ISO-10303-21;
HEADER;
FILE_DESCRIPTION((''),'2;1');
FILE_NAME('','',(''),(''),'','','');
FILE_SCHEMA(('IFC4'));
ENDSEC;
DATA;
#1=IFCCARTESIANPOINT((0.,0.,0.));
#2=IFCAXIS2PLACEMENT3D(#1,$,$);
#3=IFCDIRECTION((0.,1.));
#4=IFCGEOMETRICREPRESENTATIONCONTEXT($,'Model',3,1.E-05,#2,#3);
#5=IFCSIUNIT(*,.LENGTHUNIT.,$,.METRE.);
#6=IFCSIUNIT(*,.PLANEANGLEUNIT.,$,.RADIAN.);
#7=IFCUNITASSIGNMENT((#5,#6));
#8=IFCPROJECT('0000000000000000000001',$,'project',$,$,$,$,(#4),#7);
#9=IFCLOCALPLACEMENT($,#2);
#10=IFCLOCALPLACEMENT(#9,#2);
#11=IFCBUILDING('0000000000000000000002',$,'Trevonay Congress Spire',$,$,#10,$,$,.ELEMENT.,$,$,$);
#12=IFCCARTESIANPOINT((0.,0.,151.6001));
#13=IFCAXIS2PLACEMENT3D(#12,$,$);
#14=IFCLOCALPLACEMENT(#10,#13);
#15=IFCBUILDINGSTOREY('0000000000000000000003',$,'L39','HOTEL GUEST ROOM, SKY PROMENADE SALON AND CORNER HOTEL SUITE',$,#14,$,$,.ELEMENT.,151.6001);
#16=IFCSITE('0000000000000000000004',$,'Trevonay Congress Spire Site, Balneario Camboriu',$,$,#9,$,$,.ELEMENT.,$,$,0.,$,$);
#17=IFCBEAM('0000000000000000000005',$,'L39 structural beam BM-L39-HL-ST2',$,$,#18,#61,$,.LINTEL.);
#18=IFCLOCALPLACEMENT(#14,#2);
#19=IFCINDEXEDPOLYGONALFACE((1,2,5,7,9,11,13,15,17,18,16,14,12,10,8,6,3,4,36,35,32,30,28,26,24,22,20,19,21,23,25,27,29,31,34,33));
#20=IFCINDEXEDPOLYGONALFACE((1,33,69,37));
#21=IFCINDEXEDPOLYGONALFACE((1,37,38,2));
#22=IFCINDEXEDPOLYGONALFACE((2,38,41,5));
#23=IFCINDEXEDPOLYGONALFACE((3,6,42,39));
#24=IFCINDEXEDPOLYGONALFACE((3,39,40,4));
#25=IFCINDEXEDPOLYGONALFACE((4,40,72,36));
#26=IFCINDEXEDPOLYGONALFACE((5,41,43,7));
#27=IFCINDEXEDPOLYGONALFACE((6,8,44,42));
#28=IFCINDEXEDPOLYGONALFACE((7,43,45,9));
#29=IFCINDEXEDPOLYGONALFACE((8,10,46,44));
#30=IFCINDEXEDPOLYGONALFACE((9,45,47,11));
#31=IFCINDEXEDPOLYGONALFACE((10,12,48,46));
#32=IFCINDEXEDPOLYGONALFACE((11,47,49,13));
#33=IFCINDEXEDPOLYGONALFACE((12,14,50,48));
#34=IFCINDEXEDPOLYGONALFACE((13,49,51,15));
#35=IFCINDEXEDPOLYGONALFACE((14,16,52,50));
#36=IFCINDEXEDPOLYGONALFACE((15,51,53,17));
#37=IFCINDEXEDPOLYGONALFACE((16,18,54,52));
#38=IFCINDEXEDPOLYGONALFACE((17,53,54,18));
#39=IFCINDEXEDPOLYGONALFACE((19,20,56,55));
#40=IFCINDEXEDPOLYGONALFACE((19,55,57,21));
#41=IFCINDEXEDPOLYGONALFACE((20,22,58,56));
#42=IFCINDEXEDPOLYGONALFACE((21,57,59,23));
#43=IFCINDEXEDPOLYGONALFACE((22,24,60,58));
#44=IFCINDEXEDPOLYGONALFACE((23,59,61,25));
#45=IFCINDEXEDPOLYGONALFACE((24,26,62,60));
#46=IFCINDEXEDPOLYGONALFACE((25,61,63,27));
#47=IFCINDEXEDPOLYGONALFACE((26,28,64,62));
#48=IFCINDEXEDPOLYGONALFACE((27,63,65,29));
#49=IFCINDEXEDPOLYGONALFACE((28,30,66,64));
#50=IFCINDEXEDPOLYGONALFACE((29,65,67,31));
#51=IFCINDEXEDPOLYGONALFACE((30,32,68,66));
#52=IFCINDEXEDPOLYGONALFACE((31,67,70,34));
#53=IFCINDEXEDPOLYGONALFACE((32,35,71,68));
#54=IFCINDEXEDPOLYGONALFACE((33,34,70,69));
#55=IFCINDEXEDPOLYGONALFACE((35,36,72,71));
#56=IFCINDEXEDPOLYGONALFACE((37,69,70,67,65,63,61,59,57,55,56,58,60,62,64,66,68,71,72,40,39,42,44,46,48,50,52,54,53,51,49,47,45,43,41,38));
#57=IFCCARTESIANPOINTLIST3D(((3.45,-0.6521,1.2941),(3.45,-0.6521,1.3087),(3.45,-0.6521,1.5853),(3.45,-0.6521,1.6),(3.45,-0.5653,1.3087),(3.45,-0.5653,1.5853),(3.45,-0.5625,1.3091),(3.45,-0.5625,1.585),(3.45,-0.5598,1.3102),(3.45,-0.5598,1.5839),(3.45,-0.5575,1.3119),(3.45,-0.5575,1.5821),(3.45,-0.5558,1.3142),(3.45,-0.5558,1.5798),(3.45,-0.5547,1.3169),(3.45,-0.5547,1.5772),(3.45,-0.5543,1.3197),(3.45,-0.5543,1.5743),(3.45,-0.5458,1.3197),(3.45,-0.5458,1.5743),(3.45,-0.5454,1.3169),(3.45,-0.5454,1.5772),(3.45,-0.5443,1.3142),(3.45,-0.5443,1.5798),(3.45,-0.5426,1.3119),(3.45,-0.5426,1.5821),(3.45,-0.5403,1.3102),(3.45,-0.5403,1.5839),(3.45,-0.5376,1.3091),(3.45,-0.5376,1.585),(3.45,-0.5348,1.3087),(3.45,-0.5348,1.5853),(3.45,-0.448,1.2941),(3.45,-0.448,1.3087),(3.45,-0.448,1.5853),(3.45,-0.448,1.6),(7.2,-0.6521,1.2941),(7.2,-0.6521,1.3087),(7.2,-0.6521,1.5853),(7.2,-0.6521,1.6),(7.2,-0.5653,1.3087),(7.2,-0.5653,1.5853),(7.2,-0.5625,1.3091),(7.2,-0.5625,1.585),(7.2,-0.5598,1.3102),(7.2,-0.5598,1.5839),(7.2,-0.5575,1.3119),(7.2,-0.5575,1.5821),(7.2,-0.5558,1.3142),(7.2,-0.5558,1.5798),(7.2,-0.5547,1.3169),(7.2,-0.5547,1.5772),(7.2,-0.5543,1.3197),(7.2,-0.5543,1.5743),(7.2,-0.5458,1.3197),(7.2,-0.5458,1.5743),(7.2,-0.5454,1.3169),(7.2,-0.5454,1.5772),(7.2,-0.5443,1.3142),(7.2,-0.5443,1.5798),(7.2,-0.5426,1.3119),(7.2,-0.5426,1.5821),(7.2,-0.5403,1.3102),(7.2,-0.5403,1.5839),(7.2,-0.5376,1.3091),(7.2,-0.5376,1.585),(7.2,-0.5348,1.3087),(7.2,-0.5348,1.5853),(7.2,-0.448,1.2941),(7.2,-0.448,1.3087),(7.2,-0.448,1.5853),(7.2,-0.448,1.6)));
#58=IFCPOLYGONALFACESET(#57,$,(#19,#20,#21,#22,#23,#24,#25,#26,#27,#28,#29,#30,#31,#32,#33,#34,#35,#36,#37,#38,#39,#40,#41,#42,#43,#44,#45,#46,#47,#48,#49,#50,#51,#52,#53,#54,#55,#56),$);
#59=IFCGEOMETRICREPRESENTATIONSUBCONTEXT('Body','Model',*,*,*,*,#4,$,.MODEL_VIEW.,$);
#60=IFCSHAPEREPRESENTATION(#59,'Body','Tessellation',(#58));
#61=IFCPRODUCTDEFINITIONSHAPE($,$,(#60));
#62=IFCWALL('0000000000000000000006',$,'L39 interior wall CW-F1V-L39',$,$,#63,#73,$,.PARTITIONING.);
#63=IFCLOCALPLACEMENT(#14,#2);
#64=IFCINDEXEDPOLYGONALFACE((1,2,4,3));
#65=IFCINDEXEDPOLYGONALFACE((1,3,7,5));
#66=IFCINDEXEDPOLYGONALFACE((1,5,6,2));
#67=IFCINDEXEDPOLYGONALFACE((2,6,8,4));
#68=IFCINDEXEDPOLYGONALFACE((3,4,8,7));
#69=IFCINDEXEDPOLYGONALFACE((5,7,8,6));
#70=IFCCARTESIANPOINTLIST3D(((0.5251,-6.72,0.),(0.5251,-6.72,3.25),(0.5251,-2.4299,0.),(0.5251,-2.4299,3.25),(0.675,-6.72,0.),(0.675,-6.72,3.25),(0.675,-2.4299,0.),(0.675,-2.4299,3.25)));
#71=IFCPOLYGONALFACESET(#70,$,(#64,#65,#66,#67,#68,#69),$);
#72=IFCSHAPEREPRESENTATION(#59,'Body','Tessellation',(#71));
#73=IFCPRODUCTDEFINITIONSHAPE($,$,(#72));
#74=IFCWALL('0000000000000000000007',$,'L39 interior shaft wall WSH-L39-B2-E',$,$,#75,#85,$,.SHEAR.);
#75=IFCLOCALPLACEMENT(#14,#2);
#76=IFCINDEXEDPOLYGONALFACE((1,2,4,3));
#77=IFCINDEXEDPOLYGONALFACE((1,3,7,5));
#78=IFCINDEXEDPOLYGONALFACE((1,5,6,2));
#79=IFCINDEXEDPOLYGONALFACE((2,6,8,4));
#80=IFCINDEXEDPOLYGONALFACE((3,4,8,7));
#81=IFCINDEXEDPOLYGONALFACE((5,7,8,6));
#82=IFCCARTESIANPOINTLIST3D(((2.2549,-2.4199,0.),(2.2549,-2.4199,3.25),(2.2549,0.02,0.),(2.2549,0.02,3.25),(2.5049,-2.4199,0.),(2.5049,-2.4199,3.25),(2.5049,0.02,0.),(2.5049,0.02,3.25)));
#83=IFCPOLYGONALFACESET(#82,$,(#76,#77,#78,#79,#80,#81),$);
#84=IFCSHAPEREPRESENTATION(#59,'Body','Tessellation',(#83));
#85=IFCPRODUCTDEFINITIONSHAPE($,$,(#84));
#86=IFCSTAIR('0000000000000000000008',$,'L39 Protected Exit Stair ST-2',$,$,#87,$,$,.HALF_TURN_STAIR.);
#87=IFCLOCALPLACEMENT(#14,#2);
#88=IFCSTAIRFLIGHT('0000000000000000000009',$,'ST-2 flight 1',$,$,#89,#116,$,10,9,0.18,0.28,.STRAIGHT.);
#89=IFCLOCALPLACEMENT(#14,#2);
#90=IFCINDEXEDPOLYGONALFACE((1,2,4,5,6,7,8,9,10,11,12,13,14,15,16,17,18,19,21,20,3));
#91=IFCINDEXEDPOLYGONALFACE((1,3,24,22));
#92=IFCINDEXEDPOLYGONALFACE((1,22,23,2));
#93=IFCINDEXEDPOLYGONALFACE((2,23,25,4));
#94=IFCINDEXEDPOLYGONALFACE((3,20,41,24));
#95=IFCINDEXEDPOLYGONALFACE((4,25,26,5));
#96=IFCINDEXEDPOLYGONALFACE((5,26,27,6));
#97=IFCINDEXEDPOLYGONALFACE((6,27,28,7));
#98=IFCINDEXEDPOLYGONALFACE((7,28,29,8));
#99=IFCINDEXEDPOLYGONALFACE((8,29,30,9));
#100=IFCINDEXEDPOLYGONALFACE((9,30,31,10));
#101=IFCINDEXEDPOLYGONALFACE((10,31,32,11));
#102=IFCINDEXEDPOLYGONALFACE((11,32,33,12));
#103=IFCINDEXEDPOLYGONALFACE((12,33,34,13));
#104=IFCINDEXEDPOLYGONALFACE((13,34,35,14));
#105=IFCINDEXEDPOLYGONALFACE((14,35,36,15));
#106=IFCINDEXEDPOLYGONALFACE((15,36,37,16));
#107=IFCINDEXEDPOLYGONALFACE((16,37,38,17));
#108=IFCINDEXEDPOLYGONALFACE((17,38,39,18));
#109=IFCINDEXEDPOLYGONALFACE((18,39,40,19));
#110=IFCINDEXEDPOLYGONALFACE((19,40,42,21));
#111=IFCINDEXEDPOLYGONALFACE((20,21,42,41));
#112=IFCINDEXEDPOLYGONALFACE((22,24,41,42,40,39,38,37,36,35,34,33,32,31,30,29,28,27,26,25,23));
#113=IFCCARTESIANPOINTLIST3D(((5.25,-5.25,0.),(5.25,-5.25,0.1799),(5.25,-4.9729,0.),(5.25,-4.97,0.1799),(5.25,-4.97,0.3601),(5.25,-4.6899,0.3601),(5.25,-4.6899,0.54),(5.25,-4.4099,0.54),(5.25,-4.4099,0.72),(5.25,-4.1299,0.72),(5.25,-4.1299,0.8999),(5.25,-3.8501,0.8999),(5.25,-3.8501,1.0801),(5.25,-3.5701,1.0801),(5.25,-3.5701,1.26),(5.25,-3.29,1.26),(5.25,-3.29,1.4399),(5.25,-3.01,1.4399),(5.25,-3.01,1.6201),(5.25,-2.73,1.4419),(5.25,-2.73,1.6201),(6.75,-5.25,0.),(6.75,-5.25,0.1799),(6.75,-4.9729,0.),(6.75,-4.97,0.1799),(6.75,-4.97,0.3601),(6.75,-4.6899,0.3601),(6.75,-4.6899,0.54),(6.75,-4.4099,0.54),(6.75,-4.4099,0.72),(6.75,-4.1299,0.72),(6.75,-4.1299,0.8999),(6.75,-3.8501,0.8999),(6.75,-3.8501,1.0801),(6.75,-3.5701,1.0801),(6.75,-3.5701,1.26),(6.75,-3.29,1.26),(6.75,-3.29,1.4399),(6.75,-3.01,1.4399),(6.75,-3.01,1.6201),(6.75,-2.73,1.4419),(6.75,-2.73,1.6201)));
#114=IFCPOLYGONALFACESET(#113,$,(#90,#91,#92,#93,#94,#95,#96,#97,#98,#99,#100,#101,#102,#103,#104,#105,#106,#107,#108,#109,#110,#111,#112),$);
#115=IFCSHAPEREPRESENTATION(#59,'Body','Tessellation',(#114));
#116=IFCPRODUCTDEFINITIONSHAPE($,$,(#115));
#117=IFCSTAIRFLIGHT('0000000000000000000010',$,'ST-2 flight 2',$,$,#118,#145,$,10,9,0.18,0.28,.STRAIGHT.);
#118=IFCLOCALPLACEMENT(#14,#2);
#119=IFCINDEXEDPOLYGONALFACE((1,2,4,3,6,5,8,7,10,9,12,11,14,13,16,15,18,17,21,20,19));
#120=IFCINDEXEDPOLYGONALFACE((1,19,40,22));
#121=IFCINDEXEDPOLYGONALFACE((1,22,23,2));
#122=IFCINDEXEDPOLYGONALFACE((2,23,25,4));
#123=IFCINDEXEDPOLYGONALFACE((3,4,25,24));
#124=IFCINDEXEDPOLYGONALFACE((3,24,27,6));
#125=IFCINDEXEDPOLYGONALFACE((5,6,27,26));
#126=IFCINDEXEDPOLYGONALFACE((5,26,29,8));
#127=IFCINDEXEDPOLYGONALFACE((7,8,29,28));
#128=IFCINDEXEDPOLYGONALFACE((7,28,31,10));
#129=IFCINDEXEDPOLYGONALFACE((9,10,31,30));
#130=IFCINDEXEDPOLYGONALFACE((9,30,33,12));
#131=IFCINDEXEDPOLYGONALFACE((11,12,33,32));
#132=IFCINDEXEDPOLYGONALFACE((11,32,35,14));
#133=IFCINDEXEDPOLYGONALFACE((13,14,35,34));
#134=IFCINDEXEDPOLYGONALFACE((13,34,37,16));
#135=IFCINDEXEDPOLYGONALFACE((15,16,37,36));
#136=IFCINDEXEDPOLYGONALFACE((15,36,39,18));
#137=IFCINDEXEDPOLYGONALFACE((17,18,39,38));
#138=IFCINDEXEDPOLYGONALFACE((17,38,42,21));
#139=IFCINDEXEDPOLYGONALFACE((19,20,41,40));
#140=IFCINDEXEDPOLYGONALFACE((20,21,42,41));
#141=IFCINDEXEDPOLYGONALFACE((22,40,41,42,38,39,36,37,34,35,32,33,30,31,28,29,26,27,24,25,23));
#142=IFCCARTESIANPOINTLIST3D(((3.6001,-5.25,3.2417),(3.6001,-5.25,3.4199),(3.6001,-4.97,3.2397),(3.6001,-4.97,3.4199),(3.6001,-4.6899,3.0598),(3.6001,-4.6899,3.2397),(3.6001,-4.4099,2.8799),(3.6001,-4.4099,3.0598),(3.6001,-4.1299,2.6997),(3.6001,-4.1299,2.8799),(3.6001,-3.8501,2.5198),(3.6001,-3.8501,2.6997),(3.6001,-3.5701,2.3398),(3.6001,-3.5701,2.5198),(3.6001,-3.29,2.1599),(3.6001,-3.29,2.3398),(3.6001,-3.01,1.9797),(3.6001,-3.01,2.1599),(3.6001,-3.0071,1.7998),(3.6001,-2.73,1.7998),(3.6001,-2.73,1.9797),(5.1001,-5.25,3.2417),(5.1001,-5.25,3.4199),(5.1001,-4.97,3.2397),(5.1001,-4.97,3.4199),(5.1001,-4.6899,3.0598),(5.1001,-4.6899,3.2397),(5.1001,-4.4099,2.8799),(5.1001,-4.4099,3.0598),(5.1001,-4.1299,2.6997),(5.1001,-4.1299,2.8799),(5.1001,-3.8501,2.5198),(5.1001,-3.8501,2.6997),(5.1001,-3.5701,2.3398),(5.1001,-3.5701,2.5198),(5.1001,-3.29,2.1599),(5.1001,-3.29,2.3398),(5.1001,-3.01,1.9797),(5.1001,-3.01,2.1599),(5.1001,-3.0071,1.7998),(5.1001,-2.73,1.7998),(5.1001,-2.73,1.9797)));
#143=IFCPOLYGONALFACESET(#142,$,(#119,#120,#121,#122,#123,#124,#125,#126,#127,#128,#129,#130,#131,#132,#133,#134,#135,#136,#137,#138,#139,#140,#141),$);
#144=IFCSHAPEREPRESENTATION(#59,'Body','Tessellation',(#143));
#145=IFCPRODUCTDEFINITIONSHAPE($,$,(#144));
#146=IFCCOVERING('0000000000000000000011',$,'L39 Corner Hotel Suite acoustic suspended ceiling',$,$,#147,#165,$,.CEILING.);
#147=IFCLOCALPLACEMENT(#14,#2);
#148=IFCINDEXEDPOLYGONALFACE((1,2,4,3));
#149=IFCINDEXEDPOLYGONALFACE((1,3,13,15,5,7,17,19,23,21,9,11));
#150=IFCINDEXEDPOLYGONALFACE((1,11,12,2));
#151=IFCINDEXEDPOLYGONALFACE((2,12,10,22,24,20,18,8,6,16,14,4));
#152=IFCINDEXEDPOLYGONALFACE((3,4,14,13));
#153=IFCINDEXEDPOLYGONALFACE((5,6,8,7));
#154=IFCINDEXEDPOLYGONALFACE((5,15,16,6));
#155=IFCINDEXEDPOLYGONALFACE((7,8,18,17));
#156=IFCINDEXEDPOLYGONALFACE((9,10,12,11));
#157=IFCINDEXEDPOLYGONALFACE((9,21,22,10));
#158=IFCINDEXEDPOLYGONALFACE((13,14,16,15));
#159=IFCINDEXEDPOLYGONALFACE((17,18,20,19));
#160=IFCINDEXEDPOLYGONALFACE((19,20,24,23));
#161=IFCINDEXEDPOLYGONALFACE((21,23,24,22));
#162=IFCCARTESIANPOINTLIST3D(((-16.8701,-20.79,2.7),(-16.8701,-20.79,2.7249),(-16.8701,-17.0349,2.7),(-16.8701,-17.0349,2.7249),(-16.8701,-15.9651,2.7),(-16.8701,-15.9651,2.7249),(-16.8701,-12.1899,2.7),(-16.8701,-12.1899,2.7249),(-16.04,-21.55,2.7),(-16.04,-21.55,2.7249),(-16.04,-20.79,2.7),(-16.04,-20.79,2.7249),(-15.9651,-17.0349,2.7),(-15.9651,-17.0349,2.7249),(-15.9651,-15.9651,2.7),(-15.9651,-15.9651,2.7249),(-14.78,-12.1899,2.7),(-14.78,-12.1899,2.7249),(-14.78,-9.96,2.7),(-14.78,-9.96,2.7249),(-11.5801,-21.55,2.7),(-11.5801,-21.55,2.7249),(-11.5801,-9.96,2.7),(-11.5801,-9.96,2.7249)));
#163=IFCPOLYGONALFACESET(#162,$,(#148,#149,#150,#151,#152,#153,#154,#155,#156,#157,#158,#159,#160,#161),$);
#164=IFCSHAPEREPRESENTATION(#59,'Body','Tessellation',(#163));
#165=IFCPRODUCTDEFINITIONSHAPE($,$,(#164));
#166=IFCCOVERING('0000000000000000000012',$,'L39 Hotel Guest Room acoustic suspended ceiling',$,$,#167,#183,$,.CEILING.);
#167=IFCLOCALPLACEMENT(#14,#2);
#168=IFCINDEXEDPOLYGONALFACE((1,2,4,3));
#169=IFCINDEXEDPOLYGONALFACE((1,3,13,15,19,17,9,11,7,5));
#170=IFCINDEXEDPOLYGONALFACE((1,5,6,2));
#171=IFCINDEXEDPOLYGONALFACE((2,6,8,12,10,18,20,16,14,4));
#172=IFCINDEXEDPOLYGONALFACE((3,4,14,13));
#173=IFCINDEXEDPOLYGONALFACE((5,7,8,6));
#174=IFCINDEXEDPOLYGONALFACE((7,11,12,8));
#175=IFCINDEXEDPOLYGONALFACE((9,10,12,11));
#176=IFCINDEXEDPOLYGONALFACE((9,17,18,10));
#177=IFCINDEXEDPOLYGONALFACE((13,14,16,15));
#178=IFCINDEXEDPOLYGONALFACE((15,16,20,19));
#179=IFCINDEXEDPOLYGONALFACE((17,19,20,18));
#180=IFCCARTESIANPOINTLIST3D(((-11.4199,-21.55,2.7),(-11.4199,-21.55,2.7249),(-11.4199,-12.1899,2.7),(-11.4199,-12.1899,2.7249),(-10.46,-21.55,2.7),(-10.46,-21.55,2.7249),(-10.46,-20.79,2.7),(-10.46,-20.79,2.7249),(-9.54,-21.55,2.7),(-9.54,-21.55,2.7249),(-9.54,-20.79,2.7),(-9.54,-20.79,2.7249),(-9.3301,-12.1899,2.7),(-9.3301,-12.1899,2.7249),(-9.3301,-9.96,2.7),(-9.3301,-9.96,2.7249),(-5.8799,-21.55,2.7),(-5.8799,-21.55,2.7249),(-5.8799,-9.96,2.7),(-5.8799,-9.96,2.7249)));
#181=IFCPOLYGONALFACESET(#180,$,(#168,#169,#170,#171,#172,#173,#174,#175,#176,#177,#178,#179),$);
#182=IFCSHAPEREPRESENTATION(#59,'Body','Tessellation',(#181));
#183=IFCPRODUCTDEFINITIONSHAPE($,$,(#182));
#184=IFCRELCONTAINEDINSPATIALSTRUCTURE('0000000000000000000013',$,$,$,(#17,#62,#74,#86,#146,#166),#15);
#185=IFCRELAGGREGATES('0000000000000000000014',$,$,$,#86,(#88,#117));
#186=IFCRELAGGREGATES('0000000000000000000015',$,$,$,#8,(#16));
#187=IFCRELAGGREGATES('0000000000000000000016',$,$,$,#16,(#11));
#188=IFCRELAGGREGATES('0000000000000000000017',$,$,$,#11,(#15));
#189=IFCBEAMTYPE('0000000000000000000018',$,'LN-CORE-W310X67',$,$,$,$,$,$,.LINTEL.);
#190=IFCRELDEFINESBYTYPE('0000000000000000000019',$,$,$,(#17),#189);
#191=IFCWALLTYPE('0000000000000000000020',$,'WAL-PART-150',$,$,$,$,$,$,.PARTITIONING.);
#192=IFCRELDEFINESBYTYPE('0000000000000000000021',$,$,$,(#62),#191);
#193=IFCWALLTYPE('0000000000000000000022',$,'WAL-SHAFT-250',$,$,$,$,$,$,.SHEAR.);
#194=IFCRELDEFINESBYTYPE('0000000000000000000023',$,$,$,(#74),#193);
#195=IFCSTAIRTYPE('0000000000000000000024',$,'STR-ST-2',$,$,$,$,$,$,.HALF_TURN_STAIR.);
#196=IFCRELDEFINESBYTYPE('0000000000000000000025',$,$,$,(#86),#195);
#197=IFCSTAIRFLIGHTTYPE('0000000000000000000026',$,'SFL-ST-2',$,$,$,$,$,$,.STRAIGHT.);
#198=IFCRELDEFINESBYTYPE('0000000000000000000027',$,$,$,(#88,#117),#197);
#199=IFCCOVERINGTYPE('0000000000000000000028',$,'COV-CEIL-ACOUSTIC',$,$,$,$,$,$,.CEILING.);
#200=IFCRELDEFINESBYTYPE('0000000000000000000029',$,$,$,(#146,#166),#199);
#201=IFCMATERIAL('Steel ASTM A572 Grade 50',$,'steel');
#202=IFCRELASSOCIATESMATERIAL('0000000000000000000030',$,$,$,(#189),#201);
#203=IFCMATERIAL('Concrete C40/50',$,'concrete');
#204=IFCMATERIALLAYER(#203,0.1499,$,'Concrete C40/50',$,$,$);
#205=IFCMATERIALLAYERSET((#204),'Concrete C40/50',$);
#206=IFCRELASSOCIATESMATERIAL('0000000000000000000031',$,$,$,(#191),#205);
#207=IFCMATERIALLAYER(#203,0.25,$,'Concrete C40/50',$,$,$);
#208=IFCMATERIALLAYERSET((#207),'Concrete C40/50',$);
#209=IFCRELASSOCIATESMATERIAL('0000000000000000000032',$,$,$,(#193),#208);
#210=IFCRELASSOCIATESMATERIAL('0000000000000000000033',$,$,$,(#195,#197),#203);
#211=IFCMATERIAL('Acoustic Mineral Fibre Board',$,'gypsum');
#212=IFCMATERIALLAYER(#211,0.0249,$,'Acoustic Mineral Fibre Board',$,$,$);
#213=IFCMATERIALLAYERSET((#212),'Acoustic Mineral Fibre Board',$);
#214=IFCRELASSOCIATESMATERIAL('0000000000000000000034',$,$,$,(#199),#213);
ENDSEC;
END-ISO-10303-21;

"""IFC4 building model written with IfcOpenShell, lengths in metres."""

from ifc_helpers import new_model, si_unit, direction, frame, frame_2d, origin, origin_2d, place, context, subcontext, project, spatial, polyline, rectangle, i_section, outline, extrude, material, layer, layer_set, material_profile, profile_set, type_object, element, aggregate, save


model = new_model("IFC4")

# Units and contexts
model_context = context("Model", 3, precision=1e-05, world=origin(), true_north=direction((0.0, 1.0)))
body_context = subcontext(model_context, "Body", "Model", "MODEL_VIEW")
ifc_project = project(units=[si_unit("LENGTHUNIT", "METRE"), si_unit("PLANEANGLEUNIT", "RADIAN")], contexts=[model_context])

# Site, building, storey
site_placement = place(None, origin())
site = spatial("IfcSite", under=ifc_project, at=site_placement, Name="Trevonay Congress Spire Site, Balneario Camboriu", CompositionType="ELEMENT", RefElevation=0.0)
building_placement = place(site_placement, origin())
building = spatial("IfcBuilding", under=site, at=building_placement, Name="Trevonay Congress Spire", CompositionType="ELEMENT")
storey_placement = place(building_placement, frame((0.0, 0.0, 151.6001)))
storey = spatial("IfcBuildingStorey", under=building, at=storey_placement, Name="L39", Description="HOTEL GUEST ROOM, SKY PROMENADE SALON AND CORNER HOTEL SUITE", CompositionType="ELEMENT", Elevation=151.6001)

# Beam
ifc_material_1 = material(Name="Steel ASTM A572 Grade 50", Category="steel")
ifc_material_profile = material_profile(ifc_material_1, i_section(OverallWidth=0.2041, OverallDepth=0.3059, WebThickness=0.0085, FlangeThickness=0.0146, FilletRadius=0.011, at=origin_2d()), Name="W310x67")
ifc_profile_set = profile_set([ifc_material_profile], Name="Steel ASTM A572 Grade 50")
beam_type = type_object("IfcBeamType", Name="LN-CORE-W310X67", PredefinedType="LINTEL", material=ifc_profile_set)
beam_placement = place(storey_placement, frame((3.45, -0.55, 1.447), z_axis=(1.0, 0.0, 0.0), x_axis=(0.0, 1.0, 0.0)))
element("IfcBeam", 1, at=beam_placement, inside=storey, type_object=beam_type, Name="L39 structural beam BM-L39-HL-ST2", PredefinedType="LINTEL", context=body_context, shape_type="SweptSolid", body=[
    extrude(i_section(OverallWidth=0.2041, OverallDepth=0.3059, WebThickness=0.0085, FlangeThickness=0.0146, FilletRadius=0.011, at=origin_2d()), origin(), (0.0, 0.0, 1.0), 3.75),
])

# Walls
ifc_material_2 = material(Name="Concrete C40/50", Category="concrete")
ifc_layer_1 = layer(ifc_material_2, 0.1499, Name="Concrete C40/50")
ifc_layer_set_1 = layer_set([ifc_layer_1], Name="Concrete C40/50")
wall_type_1 = type_object("IfcWallType", Name="WAL-PART-150", PredefinedType="PARTITIONING", material=ifc_layer_set_1)
wall_1_placement = place(storey_placement, frame((0.6001, -6.72, 0.0), z_axis=(0.0, 0.0, 1.0), x_axis=(0.0, 1.0, 0.0)))
element("IfcWall", 2, at=wall_1_placement, inside=storey, type_object=wall_type_1, Name="L39 interior wall CW-F1V-L39", PredefinedType="PARTITIONING", context=body_context, shape_type="SweptSolid", body=[
    extrude(rectangle(XDim=4.29, YDim=0.1499, at=frame_2d((2.145, 0.0))), origin(), (0.0, 0.0, 1.0), 3.25),
])
ifc_layer_2 = layer(ifc_material_2, 0.25, Name="Concrete C40/50")
ifc_layer_set_2 = layer_set([ifc_layer_2], Name="Concrete C40/50")
wall_type_2 = type_object("IfcWallType", Name="WAL-SHAFT-250", PredefinedType="SHEAR", material=ifc_layer_set_2)
wall_2_placement = place(storey_placement, frame((2.3799, -2.4199, 0.0), z_axis=(0.0, 0.0, 1.0), x_axis=(0.0, 1.0, 0.0)))
element("IfcWall", 3, at=wall_2_placement, inside=storey, type_object=wall_type_2, Name="L39 interior shaft wall WSH-L39-B2-E", PredefinedType="SHEAR", context=body_context, shape_type="SweptSolid", body=[
    extrude(rectangle(XDim=2.4399, YDim=0.25, at=frame_2d((1.22, 0.0))), origin(), (0.0, 0.0, 1.0), 3.25),
])

# Stair, stair flights
stair_type = type_object("IfcStairType", Name="STR-ST-2", PredefinedType="HALF_TURN_STAIR", material=ifc_material_2)
stair_placement = place(storey_placement, origin())
stair = element("IfcStair", 4, at=stair_placement, inside=storey, type_object=stair_type, Name="L39 Protected Exit Stair ST-2", PredefinedType="HALF_TURN_STAIR")
stair_flight_type = type_object("IfcStairFlightType", Name="SFL-ST-2", PredefinedType="STRAIGHT", material=ifc_material_2)
stair_flight_1_placement = place(storey_placement, frame((6.0, -5.25, 0.0), z_axis=(0.0, 0.0, 1.0), x_axis=(0.0, 1.0, 0.0)))
stair_flight_1 = element("IfcStairFlight", 5, at=stair_flight_1_placement, type_object=stair_flight_type, Name="ST-2 flight 1", NumberOfRisers=10, NumberOfTreads=9, PredefinedType="STRAIGHT", RiserHeight=0.18, TreadLength=0.28, context=body_context, shape_type="SweptSolid", body=[
    extrude(outline(polyline([(0.0, 0.0), (0.0, 0.1799), (0.28, 0.1799), (0.28, 0.3601), (0.5601, 0.3601), (0.5601, 0.54), (0.8401, 0.54), (0.8401, 0.72), (1.1201, 0.72), (1.1201, 0.8999), (1.3999, 0.8999), (1.3999, 1.0801), (1.6799, 1.0801), (1.6799, 1.26), (1.96, 1.26), (1.96, 1.4399), (2.24, 1.4399), (2.24, 1.6201), (2.52, 1.6201), (2.52, 1.8), (2.52, 1.4419), (0.2771, 0.0), (0.0, 0.0)])), frame((0.0, 0.75, 0.0), z_axis=(0.0, -1.0, 0.0), x_axis=(1.0, 0.0, 0.0)), (0.0, 0.0, 1.0), 1.5),
])
stair_flight_2_placement = place(storey_placement, frame((4.3501, -2.73, 1.7998), z_axis=(0.0, 0.0, 1.0), x_axis=(0.0, -1.0, 0.0)))
stair_flight_2 = element("IfcStairFlight", 6, at=stair_flight_2_placement, type_object=stair_flight_type, Name="ST-2 flight 2", NumberOfRisers=10, NumberOfTreads=9, PredefinedType="STRAIGHT", RiserHeight=0.18, TreadLength=0.28, context=body_context, shape_type="SweptSolid", body=[
    extrude(outline(polyline([(0.0, 0.0), (0.0, 0.1799), (0.28, 0.1799), (0.28, 0.3601), (0.5601, 0.3601), (0.5601, 0.54), (0.8401, 0.54), (0.8401, 0.72), (1.1201, 0.72), (1.1201, 0.8999), (1.3999, 0.8999), (1.3999, 1.0801), (1.6799, 1.0801), (1.6799, 1.26), (1.96, 1.26), (1.96, 1.4399), (2.24, 1.4399), (2.24, 1.6201), (2.52, 1.6201), (2.52, 1.8), (2.52, 1.4419), (0.2771, 0.0), (0.0, 0.0)])), frame((0.0, 0.75, 0.0), z_axis=(0.0, -1.0, 0.0), x_axis=(1.0, 0.0, 0.0)), (0.0, 0.0, 1.0), 1.5),
])
aggregate(stair, [stair_flight_1, stair_flight_2])

# Coverings
ifc_material_3 = material(Name="Acoustic Mineral Fibre Board", Category="gypsum")
ifc_layer_3 = layer(ifc_material_3, 0.0249, Name="Acoustic Mineral Fibre Board")
ifc_layer_set_3 = layer_set([ifc_layer_3], Name="Acoustic Mineral Fibre Board")
covering_type_1 = type_object("IfcCoveringType", Name="COV-CEIL-ACOUSTIC", PredefinedType="CEILING", material=ifc_layer_set_3)
covering_1_placement = place(storey_placement, frame((0.0, 0.0, 2.7)))
element("IfcCovering", 7, at=covering_1_placement, inside=storey, type_object=covering_type_1, Name="L39 Corner Hotel Suite acoustic suspended ceiling", PredefinedType="CEILING", context=body_context, shape_type="SweptSolid", body=[
    extrude(outline(polyline([(-16.8701, -12.1899), (-14.78, -12.1899), (-14.78, -9.96), (-11.5801, -9.96), (-11.5801, -21.55), (-16.04, -21.55), (-16.04, -20.79), (-16.8701, -20.79), (-16.8701, -17.0349), (-15.9651, -17.0349), (-15.9651, -15.9651), (-16.8701, -15.9651), (-16.8701, -12.1899)])), origin(), (0.0, 0.0, 1.0), 0.0249),
])
covering_2_placement = place(storey_placement, frame((0.0, 0.0, 2.7)))
element("IfcCovering", 8, at=covering_2_placement, inside=storey, type_object=covering_type_1, Name="L39 Hotel Guest Room acoustic suspended ceiling", PredefinedType="CEILING", context=body_context, shape_type="SweptSolid", body=[
    extrude(outline(polyline([(-11.4199, -21.55), (-11.4199, -12.1899), (-9.3301, -12.1899), (-9.3301, -9.96), (-5.8799, -9.96), (-5.8799, -21.55), (-9.54, -21.55), (-9.54, -20.79), (-10.46, -20.79), (-10.46, -21.55), (-11.4199, -21.55)])), origin(), (0.0, 0.0, 1.0), 0.0249),
])

save(model, "model.ifc")
